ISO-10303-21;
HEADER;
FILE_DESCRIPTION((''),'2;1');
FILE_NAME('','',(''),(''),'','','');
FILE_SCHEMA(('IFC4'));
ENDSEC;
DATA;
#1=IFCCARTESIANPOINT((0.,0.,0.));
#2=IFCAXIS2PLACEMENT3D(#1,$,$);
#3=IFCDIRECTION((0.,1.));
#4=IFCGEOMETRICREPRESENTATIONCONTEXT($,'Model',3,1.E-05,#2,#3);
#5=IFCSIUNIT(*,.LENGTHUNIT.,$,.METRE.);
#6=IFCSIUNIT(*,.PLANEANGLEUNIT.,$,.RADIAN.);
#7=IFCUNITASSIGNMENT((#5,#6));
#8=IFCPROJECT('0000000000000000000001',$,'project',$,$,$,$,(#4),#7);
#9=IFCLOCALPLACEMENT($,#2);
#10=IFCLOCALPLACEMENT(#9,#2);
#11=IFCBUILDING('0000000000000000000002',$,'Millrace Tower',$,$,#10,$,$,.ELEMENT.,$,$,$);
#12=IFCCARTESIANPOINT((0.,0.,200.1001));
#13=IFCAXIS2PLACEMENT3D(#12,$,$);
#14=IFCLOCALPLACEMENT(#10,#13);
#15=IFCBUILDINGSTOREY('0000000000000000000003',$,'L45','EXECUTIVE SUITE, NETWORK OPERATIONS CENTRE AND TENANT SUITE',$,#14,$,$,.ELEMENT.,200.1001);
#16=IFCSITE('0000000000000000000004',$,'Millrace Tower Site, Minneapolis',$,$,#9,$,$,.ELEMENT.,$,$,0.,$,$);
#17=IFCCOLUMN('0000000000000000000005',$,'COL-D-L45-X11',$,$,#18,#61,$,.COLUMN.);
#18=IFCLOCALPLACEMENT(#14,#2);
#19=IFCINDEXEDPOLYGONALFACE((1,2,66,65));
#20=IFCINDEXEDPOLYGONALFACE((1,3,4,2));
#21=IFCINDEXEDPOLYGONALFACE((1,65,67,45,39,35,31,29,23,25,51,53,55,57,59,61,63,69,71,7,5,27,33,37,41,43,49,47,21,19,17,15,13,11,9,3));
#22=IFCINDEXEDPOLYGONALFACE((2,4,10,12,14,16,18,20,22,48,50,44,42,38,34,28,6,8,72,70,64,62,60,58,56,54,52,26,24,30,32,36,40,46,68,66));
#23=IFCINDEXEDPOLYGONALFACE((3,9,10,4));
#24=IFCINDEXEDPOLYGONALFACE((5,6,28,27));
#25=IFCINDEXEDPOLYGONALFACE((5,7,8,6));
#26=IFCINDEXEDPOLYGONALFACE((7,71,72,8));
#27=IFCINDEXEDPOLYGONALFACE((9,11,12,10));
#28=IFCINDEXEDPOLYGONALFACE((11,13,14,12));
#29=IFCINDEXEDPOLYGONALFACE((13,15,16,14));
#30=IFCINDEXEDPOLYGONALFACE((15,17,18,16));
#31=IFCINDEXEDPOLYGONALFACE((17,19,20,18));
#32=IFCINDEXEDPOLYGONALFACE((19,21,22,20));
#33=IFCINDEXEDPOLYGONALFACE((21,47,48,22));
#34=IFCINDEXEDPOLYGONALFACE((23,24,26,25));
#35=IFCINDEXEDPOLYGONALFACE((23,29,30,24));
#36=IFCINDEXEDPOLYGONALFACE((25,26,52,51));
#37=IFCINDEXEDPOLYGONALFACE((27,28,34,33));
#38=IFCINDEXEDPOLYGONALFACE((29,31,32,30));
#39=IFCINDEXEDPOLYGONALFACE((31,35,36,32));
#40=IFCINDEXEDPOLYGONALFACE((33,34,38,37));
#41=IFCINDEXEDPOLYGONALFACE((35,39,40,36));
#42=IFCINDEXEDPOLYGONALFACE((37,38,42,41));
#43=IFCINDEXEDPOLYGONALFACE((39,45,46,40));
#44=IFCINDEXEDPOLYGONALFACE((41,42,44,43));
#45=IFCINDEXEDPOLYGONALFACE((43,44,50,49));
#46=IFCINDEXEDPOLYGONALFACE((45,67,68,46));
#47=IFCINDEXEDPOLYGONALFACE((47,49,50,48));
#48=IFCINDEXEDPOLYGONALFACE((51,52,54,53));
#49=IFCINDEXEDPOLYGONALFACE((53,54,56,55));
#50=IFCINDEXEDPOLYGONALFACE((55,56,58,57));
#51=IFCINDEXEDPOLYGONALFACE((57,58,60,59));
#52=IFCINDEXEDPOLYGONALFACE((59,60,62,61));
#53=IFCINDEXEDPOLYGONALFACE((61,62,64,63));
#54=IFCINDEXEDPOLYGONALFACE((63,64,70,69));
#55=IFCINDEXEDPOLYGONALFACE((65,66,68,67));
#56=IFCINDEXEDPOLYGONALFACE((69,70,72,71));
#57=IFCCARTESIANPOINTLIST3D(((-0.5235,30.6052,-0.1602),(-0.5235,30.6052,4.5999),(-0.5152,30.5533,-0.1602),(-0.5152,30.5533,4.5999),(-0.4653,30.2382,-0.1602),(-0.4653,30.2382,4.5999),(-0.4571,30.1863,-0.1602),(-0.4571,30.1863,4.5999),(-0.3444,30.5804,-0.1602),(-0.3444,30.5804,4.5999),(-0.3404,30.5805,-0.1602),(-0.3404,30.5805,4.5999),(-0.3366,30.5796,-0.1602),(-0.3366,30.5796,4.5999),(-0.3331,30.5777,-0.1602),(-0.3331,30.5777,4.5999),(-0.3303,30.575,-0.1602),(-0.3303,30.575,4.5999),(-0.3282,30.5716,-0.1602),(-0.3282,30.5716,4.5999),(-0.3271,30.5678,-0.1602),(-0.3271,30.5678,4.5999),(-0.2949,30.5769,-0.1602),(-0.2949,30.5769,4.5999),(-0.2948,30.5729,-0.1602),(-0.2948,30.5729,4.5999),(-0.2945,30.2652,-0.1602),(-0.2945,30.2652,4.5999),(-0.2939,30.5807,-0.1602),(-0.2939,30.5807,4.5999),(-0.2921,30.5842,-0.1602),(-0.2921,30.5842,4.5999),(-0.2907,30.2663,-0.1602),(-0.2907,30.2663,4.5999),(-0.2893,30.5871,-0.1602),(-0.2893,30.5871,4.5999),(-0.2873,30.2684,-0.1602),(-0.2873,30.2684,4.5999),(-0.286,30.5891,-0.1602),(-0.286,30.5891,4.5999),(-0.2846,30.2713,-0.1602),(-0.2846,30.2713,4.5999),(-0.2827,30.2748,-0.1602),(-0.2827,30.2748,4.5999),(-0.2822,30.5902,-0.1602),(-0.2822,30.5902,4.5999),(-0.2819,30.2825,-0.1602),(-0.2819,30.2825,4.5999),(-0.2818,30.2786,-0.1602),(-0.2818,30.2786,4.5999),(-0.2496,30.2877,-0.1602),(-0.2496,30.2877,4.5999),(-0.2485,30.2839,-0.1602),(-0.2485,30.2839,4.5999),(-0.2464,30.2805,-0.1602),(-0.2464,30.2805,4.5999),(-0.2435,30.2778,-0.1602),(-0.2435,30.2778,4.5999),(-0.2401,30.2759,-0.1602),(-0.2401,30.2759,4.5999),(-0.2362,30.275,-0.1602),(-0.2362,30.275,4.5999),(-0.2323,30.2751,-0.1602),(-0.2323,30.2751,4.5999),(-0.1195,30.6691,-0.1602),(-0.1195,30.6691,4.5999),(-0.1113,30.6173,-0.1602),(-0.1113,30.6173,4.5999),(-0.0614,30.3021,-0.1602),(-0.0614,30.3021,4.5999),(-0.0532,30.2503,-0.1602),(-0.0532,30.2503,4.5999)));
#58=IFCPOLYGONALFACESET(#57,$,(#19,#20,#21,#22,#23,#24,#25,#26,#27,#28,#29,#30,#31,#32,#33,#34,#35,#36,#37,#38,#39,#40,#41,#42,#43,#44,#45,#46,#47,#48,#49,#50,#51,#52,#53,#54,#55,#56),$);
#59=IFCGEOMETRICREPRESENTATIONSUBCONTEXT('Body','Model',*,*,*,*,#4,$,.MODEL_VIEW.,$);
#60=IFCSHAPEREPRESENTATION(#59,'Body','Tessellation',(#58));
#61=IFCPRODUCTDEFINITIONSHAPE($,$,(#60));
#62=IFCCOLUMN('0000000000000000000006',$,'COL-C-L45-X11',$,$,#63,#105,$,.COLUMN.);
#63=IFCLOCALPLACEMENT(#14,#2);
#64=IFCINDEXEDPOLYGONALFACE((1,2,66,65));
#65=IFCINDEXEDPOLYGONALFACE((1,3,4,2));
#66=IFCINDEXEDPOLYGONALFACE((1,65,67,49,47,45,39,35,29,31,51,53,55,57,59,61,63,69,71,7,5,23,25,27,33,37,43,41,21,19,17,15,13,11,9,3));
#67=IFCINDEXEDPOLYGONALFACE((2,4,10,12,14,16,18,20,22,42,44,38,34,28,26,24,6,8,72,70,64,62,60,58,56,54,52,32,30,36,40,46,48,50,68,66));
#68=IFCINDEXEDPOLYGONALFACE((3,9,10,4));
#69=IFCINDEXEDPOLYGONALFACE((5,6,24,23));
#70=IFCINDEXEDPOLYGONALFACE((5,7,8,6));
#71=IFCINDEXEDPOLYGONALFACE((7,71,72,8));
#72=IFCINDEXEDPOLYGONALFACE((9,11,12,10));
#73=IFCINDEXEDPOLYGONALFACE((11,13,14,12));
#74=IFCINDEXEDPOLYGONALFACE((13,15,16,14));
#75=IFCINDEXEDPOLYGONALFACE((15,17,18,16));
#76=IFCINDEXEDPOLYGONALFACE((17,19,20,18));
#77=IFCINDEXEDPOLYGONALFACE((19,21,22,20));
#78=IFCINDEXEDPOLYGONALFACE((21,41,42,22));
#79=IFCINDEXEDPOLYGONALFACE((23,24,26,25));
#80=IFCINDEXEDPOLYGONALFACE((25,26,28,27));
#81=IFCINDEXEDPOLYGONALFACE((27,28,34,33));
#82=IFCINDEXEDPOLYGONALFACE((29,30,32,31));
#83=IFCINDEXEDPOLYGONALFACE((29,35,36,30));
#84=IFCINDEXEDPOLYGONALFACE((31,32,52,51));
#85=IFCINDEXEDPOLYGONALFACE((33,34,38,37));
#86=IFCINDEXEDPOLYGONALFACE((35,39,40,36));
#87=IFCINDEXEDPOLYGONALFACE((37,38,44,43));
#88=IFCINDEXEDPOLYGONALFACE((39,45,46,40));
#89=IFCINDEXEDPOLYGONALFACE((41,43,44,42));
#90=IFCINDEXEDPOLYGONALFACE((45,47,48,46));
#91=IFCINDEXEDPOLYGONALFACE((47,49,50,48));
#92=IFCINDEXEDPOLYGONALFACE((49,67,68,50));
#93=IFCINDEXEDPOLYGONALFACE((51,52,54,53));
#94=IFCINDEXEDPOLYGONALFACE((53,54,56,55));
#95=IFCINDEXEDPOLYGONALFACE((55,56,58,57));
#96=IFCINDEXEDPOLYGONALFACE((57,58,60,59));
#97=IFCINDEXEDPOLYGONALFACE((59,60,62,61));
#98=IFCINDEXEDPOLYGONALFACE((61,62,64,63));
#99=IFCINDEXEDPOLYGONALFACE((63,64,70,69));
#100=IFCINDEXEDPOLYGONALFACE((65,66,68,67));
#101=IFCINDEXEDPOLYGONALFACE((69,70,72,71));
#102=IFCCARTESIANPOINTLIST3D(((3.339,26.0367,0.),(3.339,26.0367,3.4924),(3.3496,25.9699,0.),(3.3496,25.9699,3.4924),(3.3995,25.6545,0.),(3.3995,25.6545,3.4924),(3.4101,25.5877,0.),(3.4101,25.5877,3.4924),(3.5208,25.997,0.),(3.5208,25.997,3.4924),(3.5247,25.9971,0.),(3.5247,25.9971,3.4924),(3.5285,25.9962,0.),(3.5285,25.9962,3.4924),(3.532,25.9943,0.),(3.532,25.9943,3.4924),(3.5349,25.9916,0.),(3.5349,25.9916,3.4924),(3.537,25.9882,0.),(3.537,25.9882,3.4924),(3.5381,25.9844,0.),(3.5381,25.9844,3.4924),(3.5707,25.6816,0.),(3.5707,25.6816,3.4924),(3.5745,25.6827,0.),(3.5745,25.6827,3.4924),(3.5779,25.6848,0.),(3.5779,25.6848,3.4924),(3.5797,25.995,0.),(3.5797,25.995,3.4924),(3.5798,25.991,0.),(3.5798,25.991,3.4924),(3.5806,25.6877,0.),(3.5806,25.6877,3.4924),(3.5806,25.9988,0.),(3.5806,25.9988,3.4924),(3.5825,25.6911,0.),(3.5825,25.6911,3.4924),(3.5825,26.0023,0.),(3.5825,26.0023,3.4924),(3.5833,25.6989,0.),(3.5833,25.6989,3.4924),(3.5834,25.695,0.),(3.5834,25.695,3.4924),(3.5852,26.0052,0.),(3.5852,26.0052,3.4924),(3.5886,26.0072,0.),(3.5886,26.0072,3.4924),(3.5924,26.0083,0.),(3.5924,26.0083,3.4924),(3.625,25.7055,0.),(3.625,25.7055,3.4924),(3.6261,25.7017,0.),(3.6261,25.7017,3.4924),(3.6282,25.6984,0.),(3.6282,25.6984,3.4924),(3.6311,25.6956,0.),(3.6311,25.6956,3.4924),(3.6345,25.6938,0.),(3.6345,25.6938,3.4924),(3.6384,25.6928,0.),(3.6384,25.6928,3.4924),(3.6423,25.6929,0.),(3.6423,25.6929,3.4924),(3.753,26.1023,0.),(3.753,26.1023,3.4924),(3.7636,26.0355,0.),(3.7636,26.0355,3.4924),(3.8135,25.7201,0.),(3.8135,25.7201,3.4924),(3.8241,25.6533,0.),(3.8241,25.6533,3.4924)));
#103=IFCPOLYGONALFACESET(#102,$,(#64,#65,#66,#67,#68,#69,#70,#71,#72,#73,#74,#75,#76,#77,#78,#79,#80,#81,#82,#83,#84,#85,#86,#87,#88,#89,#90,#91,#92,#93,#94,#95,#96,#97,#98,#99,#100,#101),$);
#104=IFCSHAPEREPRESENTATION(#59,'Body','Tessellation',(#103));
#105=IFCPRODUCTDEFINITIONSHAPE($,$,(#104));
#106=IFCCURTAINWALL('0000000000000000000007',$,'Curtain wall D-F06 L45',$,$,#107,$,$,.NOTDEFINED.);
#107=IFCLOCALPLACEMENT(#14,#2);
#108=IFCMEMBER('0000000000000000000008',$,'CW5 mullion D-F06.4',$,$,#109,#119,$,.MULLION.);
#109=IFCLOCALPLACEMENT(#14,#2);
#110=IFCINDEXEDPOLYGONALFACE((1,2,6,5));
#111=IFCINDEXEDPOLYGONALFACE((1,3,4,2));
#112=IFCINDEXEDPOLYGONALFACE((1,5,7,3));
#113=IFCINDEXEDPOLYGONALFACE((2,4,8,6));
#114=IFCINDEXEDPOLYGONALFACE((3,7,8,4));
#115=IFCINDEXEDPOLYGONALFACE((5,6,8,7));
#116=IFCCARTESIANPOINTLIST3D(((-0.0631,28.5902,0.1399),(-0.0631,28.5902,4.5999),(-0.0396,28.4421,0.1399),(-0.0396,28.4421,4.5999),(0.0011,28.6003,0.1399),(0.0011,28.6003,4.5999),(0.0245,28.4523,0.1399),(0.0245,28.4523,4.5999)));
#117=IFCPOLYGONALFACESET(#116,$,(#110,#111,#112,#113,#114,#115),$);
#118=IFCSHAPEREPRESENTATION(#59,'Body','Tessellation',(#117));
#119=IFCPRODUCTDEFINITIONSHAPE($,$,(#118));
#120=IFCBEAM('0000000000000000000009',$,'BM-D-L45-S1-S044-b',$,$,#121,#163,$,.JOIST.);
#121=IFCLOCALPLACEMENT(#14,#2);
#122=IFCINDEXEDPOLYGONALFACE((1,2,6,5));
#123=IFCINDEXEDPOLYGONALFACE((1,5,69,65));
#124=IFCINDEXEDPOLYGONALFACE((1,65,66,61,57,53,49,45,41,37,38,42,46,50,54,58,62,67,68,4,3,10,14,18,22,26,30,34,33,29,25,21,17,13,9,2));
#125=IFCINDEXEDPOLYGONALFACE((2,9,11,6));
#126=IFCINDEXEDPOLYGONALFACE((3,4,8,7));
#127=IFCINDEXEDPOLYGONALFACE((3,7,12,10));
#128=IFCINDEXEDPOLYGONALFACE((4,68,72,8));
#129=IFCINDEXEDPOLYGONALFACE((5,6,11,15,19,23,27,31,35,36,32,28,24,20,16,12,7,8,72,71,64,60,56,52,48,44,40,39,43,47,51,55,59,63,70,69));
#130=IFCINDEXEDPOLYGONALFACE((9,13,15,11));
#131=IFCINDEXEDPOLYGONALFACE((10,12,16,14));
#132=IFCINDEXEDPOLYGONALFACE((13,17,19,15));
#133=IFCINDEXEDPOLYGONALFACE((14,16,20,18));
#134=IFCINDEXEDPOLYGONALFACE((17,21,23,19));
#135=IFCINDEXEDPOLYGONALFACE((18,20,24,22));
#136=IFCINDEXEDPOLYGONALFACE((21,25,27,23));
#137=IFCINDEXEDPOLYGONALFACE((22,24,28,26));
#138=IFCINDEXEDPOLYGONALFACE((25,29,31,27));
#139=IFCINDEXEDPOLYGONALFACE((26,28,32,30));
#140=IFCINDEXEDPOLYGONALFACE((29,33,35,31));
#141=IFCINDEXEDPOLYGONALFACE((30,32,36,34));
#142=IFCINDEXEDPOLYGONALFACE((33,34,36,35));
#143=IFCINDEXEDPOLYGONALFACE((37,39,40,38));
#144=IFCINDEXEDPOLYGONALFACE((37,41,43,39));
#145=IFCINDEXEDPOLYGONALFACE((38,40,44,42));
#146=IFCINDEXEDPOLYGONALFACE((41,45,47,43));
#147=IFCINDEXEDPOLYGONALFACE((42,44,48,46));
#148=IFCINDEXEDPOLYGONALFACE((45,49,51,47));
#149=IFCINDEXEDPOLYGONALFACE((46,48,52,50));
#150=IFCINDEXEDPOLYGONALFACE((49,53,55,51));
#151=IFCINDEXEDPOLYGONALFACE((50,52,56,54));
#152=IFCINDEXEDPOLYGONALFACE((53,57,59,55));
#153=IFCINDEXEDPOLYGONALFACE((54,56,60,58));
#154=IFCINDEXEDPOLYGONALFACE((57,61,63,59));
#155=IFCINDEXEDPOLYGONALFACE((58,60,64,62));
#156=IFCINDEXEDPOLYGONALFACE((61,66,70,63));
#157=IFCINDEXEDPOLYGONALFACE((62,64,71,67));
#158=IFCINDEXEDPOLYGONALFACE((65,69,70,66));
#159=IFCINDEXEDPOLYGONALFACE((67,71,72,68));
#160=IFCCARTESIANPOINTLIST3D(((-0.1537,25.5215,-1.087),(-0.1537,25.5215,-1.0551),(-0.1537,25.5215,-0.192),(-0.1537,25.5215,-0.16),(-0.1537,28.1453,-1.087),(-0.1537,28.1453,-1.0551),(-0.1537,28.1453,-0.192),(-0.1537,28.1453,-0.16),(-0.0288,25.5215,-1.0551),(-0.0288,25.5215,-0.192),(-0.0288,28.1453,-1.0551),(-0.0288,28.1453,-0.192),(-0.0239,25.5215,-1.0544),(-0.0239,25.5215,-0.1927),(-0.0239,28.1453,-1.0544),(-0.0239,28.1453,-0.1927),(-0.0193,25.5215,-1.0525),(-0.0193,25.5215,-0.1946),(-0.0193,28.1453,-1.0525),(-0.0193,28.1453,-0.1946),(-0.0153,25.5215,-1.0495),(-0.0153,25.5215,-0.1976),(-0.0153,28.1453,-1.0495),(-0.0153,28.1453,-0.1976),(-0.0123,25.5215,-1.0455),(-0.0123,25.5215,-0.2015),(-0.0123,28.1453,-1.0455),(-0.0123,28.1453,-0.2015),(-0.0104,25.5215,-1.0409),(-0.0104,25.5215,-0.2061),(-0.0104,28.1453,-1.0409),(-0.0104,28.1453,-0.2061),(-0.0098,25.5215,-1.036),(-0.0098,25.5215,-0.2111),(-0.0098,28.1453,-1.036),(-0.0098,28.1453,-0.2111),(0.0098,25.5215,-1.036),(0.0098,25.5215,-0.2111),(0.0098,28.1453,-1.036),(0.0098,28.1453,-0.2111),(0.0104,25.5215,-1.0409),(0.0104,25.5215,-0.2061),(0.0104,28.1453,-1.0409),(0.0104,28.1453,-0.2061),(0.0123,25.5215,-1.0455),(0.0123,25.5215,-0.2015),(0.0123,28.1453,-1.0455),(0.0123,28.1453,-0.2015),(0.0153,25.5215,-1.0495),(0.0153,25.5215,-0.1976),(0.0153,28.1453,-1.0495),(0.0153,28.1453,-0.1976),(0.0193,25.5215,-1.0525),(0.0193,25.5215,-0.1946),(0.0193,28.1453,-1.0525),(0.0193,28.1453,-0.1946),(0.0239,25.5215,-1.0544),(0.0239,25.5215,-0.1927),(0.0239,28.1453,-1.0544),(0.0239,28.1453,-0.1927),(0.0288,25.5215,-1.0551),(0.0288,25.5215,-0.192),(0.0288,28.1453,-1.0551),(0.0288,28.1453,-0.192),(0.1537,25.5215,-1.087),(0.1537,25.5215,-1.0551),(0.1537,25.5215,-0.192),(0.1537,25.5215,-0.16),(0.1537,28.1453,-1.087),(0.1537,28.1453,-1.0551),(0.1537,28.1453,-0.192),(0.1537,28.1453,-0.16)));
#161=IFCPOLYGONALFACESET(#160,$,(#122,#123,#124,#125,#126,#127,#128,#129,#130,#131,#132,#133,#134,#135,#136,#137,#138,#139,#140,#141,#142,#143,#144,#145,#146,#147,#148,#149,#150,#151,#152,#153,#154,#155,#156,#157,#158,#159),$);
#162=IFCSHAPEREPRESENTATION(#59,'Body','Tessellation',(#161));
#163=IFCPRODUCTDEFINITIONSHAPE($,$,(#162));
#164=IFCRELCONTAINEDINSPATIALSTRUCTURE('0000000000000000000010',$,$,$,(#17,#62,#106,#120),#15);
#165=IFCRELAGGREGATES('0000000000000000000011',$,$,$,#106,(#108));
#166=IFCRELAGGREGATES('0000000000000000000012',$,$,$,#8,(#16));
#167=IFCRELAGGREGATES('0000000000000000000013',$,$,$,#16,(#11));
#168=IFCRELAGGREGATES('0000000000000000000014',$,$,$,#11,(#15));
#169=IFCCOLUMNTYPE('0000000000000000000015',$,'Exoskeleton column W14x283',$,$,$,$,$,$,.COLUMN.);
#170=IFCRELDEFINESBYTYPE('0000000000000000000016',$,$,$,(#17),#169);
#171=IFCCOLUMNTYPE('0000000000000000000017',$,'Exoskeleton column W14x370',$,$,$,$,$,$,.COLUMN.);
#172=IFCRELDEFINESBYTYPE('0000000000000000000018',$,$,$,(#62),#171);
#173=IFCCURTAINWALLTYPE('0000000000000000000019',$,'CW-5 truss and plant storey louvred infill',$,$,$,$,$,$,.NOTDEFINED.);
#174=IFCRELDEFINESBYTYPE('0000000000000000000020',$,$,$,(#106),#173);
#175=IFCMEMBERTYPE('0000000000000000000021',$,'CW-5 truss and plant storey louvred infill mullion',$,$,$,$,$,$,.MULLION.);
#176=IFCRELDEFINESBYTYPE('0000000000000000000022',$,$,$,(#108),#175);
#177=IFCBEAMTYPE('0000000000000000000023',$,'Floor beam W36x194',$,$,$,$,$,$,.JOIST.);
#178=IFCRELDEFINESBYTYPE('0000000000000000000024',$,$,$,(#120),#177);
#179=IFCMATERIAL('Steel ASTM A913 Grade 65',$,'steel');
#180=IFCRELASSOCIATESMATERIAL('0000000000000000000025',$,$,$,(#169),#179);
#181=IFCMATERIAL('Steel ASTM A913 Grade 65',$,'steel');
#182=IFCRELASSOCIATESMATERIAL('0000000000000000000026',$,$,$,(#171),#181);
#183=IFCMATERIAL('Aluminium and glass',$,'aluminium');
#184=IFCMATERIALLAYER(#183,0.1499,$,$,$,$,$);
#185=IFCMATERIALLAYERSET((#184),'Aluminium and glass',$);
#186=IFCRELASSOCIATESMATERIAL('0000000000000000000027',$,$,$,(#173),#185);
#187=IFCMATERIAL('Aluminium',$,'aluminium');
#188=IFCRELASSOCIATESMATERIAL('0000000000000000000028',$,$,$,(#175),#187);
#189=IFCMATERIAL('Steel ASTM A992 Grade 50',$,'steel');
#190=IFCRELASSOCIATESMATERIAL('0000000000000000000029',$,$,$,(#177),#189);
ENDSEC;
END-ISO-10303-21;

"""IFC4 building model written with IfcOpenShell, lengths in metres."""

from ifc_helpers import new_model, si_unit, direction, frame, origin, origin_2d, place, context, subcontext, project, spatial, rectangle, i_section, extrude, material, layer, layer_set, material_profile, profile_set, type_object, element, aggregate, save


model = new_model("IFC4")

# Units and contexts
model_context = context("Model", 3, precision=1e-05, world=origin(), true_north=direction((0.0, 1.0)))
body_context = subcontext(model_context, "Body", "Model", "MODEL_VIEW")
ifc_project = project(units=[si_unit("LENGTHUNIT", "METRE"), si_unit("PLANEANGLEUNIT", "RADIAN")], contexts=[model_context])

# Site, building, storey
site_placement = place(None, origin())
site = spatial("IfcSite", under=ifc_project, at=site_placement, Name="Millrace Tower Site, Minneapolis", CompositionType="ELEMENT", RefElevation=0.0)
building_placement = place(site_placement, origin())
building = spatial("IfcBuilding", under=site, at=building_placement, Name="Millrace Tower", CompositionType="ELEMENT")
storey_placement = place(building_placement, frame((0.0, 0.0, 200.1001)))
storey = spatial("IfcBuildingStorey", under=building, at=storey_placement, Name="L45", Description="EXECUTIVE SUITE, NETWORK OPERATIONS CENTRE AND TENANT SUITE", CompositionType="ELEMENT", Elevation=200.1001)

# Columns
ifc_material_1 = material(Name="Steel ASTM A913 Grade 65", Category="steel")
ifc_material_profile_1 = material_profile(ifc_material_1, i_section(OverallWidth=0.4089, OverallDepth=0.4241, WebThickness=0.0327, FlangeThickness=0.0525, FilletRadius=0.0151, at=origin_2d()))
ifc_profile_set_1 = profile_set([ifc_material_profile_1], Name="Steel ASTM A913 Grade 65")
column_type_1 = type_object("IfcColumnType", Name="Exoskeleton column W14x283", PredefinedType="COLUMN", material=ifc_profile_set_1)
column_1_placement = place(storey_placement, frame((-0.2883, 30.4277, -0.1602), z_axis=(0.0, 0.0, 1.0), x_axis=(-0.987688, -0.156434, 0.0)))
element("IfcColumn", 1, at=column_1_placement, inside=storey, type_object=column_type_1, Name="COL-D-L45-X11", PredefinedType="COLUMN", context=body_context, shape_type="SweptSolid", body=[
    extrude(i_section(OverallWidth=0.4089, OverallDepth=0.4241, WebThickness=0.0327, FlangeThickness=0.0525, FilletRadius=0.0151, at=origin_2d()), origin(), (0.0, 0.0, 1.0), 4.76),
])
ifc_material_2 = material(Name="Steel ASTM A913 Grade 65", Category="steel")
ifc_material_profile_2 = material_profile(ifc_material_2, i_section(OverallWidth=0.4192, OverallDepth=0.4546, WebThickness=0.0422, FlangeThickness=0.0676, FilletRadius=0.0151, at=origin_2d()))
ifc_profile_set_2 = profile_set([ifc_material_profile_2], Name="Steel ASTM A913 Grade 65")
column_type_2 = type_object("IfcColumnType", Name="Exoskeleton column W14x370", PredefinedType="COLUMN", material=ifc_profile_set_2)
column_2_placement = place(storey_placement, frame((3.5815, 25.845, 0.0), z_axis=(0.0, 0.0, 1.0), x_axis=(-0.987688, -0.156434, 0.0)))
element("IfcColumn", 2, at=column_2_placement, inside=storey, type_object=column_type_2, Name="COL-C-L45-X11", PredefinedType="COLUMN", context=body_context, shape_type="SweptSolid", body=[
    extrude(i_section(OverallWidth=0.4192, OverallDepth=0.4546, WebThickness=0.0422, FlangeThickness=0.0676, FilletRadius=0.0151, at=origin_2d()), origin(), (0.0, 0.0, 1.0), 3.4924),
])

# Curtain wall, member
ifc_material_3 = material(Name="Aluminium and glass", Category="aluminium")
ifc_layer_1 = layer(ifc_material_3, 0.1499)
ifc_layer_set_1 = layer_set([ifc_layer_1], Name="Aluminium and glass")
curtain_wall_type = type_object("IfcCurtainWallType", Name="CW-5 truss and plant storey louvred infill", PredefinedType="NOTDEFINED", material=ifc_layer_set_1)
curtain_wall_placement = place(storey_placement, origin())
curtain_wall = element("IfcCurtainWall", 3, at=curtain_wall_placement, inside=storey, type_object=curtain_wall_type, Name="Curtain wall D-F06 L45", PredefinedType="NOTDEFINED")
ifc_material_4 = material(Name="Aluminium", Category="aluminium")
ifc_material_profile_3 = material_profile(ifc_material_4, rectangle(XDim=0.0649, YDim=0.1499, at=origin_2d()))
ifc_profile_set_3 = profile_set([ifc_material_profile_3], Name="Aluminium")
member_type_1 = type_object("IfcMemberType", Name="CW-5 truss and plant storey louvred infill mullion", PredefinedType="MULLION", material=ifc_profile_set_3)
member_1_placement = place(storey_placement, frame((-0.0193, 28.5212, 0.1399), z_axis=(0.0, 0.0, 1.0), x_axis=(-0.987688, -0.156434, 0.0)))
member_1 = element("IfcMember", 4, at=member_1_placement, type_object=member_type_1, Name="CW5 mullion D-F06.4", PredefinedType="MULLION", context=body_context, shape_type="SweptSolid", body=[
    extrude(rectangle(XDim=0.0649, YDim=0.1499, at=origin_2d()), origin(), (0.0, 0.0, 1.0), 4.46),
])
aggregate(curtain_wall, [member_1])

# Beam
ifc_material_5 = material(Name="Steel ASTM A992 Grade 50", Category="steel")
ifc_material_profile_4 = material_profile(ifc_material_5, i_section(OverallWidth=0.3074, OverallDepth=0.927, WebThickness=0.0195, FlangeThickness=0.032, FilletRadius=0.019, at=origin_2d()))
ifc_profile_set_4 = profile_set([ifc_material_profile_4], Name="Steel ASTM A992 Grade 50")
beam_type_1 = type_object("IfcBeamType", Name="Floor beam W36x194", PredefinedType="JOIST", material=ifc_profile_set_4)
beam_1_placement = place(storey_placement, frame((0.0, 25.5215, -0.6235), z_axis=(0.0, 1.0, 0.0), x_axis=(-1.0, 0.0, 0.0)))
element("IfcBeam", 5, at=beam_1_placement, inside=storey, type_object=beam_type_1, Name="BM-D-L45-S1-S044-b", PredefinedType="JOIST", context=body_context, shape_type="SweptSolid", body=[
    extrude(i_section(OverallWidth=0.3074, OverallDepth=0.927, WebThickness=0.0195, FlangeThickness=0.032, FilletRadius=0.019, at=origin_2d()), origin(), (0.0, 0.0, 1.0), 2.6238),
])

save(model, "model.ifc")
